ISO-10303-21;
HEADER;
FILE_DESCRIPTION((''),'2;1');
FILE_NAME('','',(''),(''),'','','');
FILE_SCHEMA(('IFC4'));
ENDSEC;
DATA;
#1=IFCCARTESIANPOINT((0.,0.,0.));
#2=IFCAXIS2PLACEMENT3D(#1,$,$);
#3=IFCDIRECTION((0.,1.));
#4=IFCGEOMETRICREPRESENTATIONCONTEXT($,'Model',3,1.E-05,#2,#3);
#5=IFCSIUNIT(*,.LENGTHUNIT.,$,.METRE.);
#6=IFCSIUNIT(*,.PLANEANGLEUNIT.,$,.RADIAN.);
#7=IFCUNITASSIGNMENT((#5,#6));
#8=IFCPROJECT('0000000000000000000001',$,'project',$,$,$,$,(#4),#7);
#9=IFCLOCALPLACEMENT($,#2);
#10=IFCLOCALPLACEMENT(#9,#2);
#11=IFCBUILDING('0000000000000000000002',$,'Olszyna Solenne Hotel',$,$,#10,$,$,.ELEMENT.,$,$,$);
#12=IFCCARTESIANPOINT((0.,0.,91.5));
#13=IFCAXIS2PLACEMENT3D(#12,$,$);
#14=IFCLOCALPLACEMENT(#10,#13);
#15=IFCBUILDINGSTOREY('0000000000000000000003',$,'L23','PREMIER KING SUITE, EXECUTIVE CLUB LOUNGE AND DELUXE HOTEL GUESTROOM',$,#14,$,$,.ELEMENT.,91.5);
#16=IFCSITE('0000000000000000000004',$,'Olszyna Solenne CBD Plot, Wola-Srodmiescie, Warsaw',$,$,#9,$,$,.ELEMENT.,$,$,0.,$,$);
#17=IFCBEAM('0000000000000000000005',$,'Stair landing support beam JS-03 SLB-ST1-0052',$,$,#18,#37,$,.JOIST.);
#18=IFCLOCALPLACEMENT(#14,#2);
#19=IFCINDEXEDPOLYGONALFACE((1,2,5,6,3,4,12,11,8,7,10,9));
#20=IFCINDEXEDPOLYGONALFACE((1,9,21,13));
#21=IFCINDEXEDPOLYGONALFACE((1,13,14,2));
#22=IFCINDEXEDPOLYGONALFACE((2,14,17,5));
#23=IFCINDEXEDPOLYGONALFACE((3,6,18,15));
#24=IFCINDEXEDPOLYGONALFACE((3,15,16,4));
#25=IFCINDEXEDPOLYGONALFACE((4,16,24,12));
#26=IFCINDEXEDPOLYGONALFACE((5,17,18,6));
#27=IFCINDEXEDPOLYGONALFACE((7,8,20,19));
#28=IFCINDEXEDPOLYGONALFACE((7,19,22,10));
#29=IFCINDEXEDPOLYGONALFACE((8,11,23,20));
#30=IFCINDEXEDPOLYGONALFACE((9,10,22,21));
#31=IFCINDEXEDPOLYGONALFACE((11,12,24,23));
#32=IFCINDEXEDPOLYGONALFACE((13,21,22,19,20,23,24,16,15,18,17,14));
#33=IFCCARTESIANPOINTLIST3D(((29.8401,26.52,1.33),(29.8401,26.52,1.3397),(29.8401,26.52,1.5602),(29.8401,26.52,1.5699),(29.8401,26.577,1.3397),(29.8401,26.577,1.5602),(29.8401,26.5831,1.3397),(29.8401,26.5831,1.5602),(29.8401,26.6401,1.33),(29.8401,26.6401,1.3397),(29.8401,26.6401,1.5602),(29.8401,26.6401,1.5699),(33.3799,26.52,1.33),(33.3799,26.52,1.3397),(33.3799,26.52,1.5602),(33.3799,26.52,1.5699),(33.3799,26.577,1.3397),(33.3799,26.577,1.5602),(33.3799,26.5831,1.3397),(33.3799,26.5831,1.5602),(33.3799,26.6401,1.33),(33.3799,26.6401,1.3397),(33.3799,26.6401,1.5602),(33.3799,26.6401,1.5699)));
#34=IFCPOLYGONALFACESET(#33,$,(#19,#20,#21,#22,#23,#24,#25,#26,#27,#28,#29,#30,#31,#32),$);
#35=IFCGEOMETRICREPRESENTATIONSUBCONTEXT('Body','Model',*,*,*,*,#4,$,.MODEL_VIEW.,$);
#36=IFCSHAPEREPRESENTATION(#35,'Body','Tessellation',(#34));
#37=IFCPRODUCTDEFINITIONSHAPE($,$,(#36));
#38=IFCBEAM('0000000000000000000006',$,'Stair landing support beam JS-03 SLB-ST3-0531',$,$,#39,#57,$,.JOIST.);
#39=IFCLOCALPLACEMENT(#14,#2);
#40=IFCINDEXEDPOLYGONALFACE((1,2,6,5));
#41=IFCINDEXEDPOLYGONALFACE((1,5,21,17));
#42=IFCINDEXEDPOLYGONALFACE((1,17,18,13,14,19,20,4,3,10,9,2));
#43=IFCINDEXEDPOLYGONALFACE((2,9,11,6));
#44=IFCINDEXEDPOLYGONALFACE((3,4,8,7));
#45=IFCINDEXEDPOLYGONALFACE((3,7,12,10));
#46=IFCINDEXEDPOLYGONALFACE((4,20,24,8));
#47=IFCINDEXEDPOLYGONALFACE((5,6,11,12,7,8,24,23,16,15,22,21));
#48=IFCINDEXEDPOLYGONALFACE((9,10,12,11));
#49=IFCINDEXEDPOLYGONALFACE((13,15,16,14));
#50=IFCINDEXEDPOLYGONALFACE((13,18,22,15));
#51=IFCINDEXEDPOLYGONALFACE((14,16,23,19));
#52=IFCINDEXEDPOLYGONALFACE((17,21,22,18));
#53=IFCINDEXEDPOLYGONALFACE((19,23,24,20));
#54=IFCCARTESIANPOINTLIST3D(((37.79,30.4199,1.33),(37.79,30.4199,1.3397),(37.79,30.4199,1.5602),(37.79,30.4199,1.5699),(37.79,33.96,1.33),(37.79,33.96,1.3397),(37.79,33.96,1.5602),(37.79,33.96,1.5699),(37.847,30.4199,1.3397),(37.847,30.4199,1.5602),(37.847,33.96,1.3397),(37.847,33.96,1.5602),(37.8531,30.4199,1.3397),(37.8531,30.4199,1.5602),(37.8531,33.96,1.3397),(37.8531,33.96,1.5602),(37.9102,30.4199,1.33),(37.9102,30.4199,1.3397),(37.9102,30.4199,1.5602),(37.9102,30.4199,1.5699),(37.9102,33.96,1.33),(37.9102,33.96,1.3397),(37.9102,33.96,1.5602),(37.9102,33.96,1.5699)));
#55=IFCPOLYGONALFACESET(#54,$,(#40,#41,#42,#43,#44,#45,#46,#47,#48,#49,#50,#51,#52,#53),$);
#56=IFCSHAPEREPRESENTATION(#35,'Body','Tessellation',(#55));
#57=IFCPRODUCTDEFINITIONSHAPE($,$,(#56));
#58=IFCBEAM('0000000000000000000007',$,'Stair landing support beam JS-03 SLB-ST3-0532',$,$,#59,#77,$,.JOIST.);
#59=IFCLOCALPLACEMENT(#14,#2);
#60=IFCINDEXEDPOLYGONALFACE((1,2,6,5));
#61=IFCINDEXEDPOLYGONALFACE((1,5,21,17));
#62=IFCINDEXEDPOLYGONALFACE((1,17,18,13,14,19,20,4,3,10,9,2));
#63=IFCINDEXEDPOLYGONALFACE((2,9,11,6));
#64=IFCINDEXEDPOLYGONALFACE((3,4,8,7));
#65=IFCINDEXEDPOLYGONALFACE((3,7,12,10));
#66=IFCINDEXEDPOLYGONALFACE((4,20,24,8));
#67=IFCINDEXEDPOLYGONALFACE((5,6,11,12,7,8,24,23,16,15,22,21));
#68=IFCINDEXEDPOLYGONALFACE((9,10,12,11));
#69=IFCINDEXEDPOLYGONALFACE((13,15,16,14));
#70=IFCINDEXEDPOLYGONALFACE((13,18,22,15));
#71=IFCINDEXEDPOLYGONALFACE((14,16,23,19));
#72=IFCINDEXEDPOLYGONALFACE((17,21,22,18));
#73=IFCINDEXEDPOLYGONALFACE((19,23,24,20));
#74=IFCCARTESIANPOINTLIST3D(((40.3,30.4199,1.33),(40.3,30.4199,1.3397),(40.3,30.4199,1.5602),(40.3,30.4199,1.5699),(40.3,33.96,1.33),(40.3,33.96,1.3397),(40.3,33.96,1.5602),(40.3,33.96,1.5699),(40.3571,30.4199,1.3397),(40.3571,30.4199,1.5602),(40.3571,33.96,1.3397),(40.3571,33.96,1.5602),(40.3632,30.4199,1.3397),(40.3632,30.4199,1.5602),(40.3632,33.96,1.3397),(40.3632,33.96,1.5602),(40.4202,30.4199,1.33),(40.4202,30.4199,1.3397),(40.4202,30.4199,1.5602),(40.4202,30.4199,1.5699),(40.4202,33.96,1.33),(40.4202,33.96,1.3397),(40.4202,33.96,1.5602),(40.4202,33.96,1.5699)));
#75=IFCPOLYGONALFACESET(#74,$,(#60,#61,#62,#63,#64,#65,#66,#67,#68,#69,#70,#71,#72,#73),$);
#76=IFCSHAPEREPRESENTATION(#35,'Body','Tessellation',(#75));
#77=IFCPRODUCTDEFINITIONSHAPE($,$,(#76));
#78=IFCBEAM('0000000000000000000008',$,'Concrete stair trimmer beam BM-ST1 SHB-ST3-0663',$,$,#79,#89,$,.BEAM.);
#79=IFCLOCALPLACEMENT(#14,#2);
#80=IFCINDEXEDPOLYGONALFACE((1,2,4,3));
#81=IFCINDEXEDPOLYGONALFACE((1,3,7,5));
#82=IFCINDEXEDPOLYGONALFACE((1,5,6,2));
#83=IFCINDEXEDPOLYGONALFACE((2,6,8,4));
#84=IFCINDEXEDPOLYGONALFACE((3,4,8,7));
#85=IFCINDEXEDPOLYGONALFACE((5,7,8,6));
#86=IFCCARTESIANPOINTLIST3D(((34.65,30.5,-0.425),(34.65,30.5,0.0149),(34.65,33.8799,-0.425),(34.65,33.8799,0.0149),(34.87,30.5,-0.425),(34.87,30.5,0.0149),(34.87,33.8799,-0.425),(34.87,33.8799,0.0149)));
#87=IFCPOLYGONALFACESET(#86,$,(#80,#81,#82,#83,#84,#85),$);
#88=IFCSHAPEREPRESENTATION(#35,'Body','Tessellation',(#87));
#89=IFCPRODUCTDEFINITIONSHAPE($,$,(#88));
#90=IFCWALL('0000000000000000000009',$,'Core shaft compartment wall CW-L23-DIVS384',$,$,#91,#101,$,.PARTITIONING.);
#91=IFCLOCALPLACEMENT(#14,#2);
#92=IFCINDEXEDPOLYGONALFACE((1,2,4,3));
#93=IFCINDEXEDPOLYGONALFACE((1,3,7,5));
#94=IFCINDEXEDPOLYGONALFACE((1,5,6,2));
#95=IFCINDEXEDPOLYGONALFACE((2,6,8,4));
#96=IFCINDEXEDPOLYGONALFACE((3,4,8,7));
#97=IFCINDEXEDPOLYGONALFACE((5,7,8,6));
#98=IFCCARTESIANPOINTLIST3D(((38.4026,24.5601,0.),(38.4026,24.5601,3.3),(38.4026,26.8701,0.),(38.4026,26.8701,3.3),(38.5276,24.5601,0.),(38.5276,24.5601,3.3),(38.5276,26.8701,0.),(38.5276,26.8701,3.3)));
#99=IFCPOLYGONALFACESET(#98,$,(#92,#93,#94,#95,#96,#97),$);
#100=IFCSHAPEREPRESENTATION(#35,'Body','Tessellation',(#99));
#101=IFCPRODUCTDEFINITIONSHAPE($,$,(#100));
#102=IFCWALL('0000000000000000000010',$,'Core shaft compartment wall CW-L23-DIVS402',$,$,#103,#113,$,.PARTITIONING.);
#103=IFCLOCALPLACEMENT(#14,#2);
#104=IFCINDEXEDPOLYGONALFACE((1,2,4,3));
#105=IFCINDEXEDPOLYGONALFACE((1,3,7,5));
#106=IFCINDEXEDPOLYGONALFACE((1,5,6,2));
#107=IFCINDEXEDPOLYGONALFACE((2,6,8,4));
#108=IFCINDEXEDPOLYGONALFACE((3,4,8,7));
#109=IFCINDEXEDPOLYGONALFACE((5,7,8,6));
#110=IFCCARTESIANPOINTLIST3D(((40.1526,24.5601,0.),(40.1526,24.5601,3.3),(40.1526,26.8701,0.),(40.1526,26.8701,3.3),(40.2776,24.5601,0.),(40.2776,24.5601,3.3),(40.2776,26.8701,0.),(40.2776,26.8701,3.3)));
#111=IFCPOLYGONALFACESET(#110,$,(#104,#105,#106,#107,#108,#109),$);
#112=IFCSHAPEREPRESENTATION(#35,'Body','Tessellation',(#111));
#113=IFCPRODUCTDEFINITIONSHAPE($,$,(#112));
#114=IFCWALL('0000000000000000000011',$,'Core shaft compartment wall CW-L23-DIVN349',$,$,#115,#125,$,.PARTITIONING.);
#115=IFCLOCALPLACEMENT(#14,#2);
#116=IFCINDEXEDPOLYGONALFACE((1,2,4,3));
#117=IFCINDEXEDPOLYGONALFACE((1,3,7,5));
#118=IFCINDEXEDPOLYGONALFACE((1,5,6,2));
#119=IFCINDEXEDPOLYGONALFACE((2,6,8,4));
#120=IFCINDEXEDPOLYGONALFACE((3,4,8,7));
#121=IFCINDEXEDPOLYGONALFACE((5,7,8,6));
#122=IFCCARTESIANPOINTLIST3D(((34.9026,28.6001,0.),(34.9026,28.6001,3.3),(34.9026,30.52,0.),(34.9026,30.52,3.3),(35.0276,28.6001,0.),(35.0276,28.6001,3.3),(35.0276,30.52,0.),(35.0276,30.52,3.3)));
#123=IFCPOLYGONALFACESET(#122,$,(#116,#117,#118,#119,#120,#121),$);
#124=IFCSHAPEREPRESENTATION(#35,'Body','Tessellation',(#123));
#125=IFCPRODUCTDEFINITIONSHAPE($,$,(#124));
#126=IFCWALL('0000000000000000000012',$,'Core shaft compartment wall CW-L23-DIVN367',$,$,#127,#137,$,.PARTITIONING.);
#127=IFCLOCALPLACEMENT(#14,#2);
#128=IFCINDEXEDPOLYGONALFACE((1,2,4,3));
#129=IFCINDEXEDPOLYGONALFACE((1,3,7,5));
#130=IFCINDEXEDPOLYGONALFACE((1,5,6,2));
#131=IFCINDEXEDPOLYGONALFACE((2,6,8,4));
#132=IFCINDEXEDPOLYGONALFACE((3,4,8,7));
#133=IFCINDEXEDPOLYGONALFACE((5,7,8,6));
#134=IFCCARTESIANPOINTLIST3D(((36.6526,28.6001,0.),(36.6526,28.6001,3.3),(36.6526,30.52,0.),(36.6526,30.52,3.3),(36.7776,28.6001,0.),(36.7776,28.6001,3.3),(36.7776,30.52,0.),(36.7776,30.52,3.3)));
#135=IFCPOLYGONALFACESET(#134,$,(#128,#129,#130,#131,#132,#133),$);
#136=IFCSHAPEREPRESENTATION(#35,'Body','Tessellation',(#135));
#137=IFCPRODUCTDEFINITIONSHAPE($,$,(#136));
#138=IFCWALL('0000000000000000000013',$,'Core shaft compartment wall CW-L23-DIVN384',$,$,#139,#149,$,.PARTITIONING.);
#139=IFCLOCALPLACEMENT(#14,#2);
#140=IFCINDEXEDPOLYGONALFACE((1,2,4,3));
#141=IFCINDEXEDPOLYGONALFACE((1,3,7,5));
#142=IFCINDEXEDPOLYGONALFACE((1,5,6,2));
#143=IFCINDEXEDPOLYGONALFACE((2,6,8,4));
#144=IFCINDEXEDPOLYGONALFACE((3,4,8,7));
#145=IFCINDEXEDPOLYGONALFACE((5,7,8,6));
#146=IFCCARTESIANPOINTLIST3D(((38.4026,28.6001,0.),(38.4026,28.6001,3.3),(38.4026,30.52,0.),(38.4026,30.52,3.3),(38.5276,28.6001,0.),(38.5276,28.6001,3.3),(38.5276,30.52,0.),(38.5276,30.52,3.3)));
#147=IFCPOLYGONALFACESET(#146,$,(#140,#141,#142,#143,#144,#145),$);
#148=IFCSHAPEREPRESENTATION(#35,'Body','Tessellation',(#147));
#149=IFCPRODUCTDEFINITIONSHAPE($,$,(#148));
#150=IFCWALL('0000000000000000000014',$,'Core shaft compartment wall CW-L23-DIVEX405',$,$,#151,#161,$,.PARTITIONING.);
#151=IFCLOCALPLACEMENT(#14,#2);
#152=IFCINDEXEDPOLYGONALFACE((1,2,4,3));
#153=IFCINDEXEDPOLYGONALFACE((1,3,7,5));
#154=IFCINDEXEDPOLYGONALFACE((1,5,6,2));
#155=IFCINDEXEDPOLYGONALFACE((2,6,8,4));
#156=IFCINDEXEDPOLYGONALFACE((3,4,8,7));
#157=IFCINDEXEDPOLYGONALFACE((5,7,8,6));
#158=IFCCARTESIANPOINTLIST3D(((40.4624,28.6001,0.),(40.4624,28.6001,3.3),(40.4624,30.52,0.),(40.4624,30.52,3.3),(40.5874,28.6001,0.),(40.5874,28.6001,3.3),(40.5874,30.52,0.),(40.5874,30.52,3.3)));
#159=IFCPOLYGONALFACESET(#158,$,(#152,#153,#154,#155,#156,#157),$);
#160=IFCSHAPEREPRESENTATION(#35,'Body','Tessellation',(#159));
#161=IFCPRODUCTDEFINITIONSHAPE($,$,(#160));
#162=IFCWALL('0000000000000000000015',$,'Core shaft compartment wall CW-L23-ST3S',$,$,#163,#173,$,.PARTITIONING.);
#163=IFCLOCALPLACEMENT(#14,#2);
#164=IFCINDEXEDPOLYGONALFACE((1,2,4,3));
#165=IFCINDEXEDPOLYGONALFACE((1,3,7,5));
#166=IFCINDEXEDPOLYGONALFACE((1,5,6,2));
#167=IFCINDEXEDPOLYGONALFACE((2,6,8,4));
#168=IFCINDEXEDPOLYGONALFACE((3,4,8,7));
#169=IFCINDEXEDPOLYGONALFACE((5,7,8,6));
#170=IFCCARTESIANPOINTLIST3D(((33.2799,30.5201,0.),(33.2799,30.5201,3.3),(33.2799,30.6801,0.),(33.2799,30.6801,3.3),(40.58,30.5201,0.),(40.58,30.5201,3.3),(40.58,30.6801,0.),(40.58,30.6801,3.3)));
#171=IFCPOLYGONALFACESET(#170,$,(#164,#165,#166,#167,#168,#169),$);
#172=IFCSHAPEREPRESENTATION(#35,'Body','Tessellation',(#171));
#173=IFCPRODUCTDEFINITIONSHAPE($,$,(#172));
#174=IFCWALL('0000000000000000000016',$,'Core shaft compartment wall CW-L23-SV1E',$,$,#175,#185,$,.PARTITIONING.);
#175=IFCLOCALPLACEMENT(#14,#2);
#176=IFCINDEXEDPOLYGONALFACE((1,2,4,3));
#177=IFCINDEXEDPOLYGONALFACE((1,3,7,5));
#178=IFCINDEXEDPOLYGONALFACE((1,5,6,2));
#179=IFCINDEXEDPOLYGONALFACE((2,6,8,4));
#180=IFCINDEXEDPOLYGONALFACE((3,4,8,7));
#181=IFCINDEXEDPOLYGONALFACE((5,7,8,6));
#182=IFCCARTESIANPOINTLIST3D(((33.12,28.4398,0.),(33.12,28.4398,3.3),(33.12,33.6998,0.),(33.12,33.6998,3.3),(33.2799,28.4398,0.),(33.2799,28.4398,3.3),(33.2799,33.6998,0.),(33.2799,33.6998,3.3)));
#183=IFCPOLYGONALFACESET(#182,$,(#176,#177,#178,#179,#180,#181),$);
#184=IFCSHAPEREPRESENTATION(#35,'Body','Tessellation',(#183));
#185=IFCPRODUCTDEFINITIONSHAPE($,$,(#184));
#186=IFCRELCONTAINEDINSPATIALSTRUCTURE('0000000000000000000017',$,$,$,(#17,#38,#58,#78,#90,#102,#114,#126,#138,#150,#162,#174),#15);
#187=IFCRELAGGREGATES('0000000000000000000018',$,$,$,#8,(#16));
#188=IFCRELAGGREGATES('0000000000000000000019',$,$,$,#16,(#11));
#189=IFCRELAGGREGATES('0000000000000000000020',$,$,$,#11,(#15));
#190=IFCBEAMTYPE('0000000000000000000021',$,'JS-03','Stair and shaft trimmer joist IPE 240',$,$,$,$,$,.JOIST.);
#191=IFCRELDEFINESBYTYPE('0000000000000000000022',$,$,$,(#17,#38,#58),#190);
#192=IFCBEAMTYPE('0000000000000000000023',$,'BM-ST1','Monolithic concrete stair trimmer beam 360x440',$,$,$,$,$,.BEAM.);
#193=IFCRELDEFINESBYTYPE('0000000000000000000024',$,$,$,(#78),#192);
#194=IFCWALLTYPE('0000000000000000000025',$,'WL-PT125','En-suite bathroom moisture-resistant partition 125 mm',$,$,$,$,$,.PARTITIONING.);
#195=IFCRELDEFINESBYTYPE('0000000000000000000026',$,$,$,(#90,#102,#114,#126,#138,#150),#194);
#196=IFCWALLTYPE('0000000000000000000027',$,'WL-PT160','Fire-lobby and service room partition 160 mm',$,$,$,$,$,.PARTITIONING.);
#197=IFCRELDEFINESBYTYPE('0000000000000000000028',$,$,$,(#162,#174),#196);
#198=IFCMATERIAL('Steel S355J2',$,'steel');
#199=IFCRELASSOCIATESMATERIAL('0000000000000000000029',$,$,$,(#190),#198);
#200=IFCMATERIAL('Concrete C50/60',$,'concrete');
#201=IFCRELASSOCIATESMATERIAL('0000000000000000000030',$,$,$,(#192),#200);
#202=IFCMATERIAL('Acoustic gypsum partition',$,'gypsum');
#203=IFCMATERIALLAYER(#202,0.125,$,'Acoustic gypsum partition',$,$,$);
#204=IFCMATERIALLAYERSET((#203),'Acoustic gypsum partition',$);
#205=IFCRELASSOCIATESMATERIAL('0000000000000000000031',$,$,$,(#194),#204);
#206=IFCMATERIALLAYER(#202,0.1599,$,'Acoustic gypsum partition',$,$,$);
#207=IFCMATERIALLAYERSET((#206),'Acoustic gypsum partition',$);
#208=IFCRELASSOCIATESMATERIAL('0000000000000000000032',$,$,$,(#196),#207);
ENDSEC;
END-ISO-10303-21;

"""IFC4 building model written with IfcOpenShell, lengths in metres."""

from ifc_helpers import new_model, si_unit, direction, frame, frame_2d, origin, origin_2d, place, context, subcontext, project, spatial, rectangle, i_section, extrude, source, transform, mapped, material, layer, layer_set, material_profile, profile_set, type_object, element, save


model = new_model("IFC4")

# Units and contexts
model_context = context("Model", 3, precision=1e-05, world=origin(), true_north=direction((0.0, 1.0)))
body_context = subcontext(model_context, "Body", "Model", "MODEL_VIEW")
ifc_project = project(units=[si_unit("LENGTHUNIT", "METRE"), si_unit("PLANEANGLEUNIT", "RADIAN")], contexts=[model_context])

# Site, building, storey
site_placement = place(None, origin())
site = spatial("IfcSite", under=ifc_project, at=site_placement, Name="Olszyna Solenne CBD Plot, Wola-Srodmiescie, Warsaw", CompositionType="ELEMENT", RefElevation=0.0)
building_placement = place(site_placement, origin())
building = spatial("IfcBuilding", under=site, at=building_placement, Name="Olszyna Solenne Hotel", CompositionType="ELEMENT")
storey_placement = place(building_placement, frame((0.0, 0.0, 91.5)))
storey = spatial("IfcBuildingStorey", under=building, at=storey_placement, Name="L23", Description="PREMIER KING SUITE, EXECUTIVE CLUB LOUNGE AND DELUXE HOTEL GUESTROOM", CompositionType="ELEMENT", Elevation=91.5)

# Beams
ifc_material_1 = material(Name="Steel S355J2", Category="steel")
ifc_material_profile_1 = material_profile(ifc_material_1, i_section(OverallWidth=0.1201, OverallDepth=0.24, WebThickness=0.0061, FlangeThickness=0.0098, at=origin_2d()), Name="IPE 240", Category="load-bearing")
ifc_profile_set_1 = profile_set([ifc_material_profile_1], Name="Steel S355J2")
beam_type_1 = type_object("IfcBeamType", Name="JS-03", Description="Stair and shaft trimmer joist IPE 240", PredefinedType="JOIST", material=ifc_profile_set_1)
shared_shape_1 = source(origin(), body_context, "Body", "SweptSolid", [
    extrude(i_section(OverallWidth=0.1201, OverallDepth=0.24, WebThickness=0.0061, FlangeThickness=0.0098, at=origin_2d()), origin(), (0.0, 0.0, 1.0), 3.5398),
])
beam_1_placement = place(storey_placement, frame((33.3799, 26.5801, 1.45), z_axis=(-1.0, 0.0, 0.0), x_axis=(0.0, -1.0, 0.0)))
element("IfcBeam", 1, at=beam_1_placement, inside=storey, type_object=beam_type_1, Name="Stair landing support beam JS-03 SLB-ST1-0052", PredefinedType="JOIST", context=body_context, shape_type="MappedRepresentation", body=[
    mapped(shared_shape_1, transform((0.0, 0.0, 0.0), x_axis=(1.0, 0.0, 0.0), y_axis=(0.0, 1.0, 0.0), z_axis=(0.0, 0.0, 1.0), scale=1.0)),
])
shared_shape_2 = source(origin(), body_context, "Body", "SweptSolid", [
    extrude(i_section(OverallWidth=0.1201, OverallDepth=0.24, WebThickness=0.0061, FlangeThickness=0.0098, at=origin_2d()), origin(), (0.0, 0.0, 1.0), 3.54),
])
for number, where, z_axis, x_axis, name in (
    (2, (37.8501, 30.4199, 1.45), (0.0, 1.0, 0.0), (-1.0, 0.0, 0.0), "Stair landing support beam JS-03 SLB-ST3-0531"),
    (3, (40.3601, 30.4199, 1.45), (0.0, 1.0, 0.0), (-1.0, 0.0, 0.0), "Stair landing support beam JS-03 SLB-ST3-0532"),
):
    element("IfcBeam", number, at=place(storey_placement, frame(where, z_axis=z_axis, x_axis=x_axis)), inside=storey, type_object=beam_type_1, Name=name, PredefinedType="JOIST", context=body_context, shape_type="MappedRepresentation", body=[
        mapped(shared_shape_2, transform((0.0, 0.0, 0.0), x_axis=(1.0, 0.0, 0.0), y_axis=(0.0, 1.0, 0.0), z_axis=(0.0, 0.0, 1.0), scale=1.0)),
    ])
ifc_material_2 = material(Name="Concrete C50/60", Category="concrete")
ifc_material_profile_2 = material_profile(ifc_material_2, rectangle(XDim=0.22, YDim=0.4399, at=origin_2d()), Name="RC 220x440", Category="load-bearing")
ifc_profile_set_2 = profile_set([ifc_material_profile_2], Name="Concrete C50/60")
beam_type_2 = type_object("IfcBeamType", Name="BM-ST1", Description="Monolithic concrete stair trimmer beam 360x440", PredefinedType="BEAM", material=ifc_profile_set_2)
shared_shape_3 = source(origin(), body_context, "Body", "SweptSolid", [
    extrude(rectangle(XDim=0.22, YDim=0.4399, at=origin_2d()), origin(), (0.0, 0.0, 1.0), 3.3799),
])
beam_2_placement = place(storey_placement, frame((34.76, 30.5, -0.2051), z_axis=(0.0, 1.0, 0.0), x_axis=(-1.0, 0.0, 0.0)))
element("IfcBeam", 4, at=beam_2_placement, inside=storey, type_object=beam_type_2, Name="Concrete stair trimmer beam BM-ST1 SHB-ST3-0663", PredefinedType="BEAM", context=body_context, shape_type="MappedRepresentation", body=[
    mapped(shared_shape_3, transform((0.0, 0.0, 0.0), x_axis=(1.0, 0.0, 0.0), y_axis=(0.0, 1.0, 0.0), z_axis=(0.0, 0.0, 1.0), scale=1.0)),
])

# Walls
ifc_material_3 = material(Name="Acoustic gypsum partition", Category="gypsum")
ifc_layer_1 = layer(ifc_material_3, 0.125, Name="Acoustic gypsum partition")
ifc_layer_set_1 = layer_set([ifc_layer_1], Name="Acoustic gypsum partition")
wall_type_1 = type_object("IfcWallType", Name="WL-PT125", Description="En-suite bathroom moisture-resistant partition 125 mm", PredefinedType="PARTITIONING", material=ifc_layer_set_1)
for number, where, z_axis, x_axis, name in (
    (5, (38.4651, 24.5601, 0.0), (0.0, 0.0, 1.0), (0.0, 1.0, 0.0), "Core shaft compartment wall CW-L23-DIVS384"),
    (6, (40.2151, 24.5601, 0.0), (0.0, 0.0, 1.0), (0.0, 1.0, 0.0), "Core shaft compartment wall CW-L23-DIVS402"),
):
    element("IfcWall", number, at=place(storey_placement, frame(where, z_axis=z_axis, x_axis=x_axis)), inside=storey, type_object=wall_type_1, Name=name, PredefinedType="PARTITIONING", context=body_context, shape_type="SweptSolid", body=[
        extrude(rectangle(XDim=2.3101, YDim=0.125, at=frame_2d((1.155, 0.0))), origin(), (0.0, 0.0, 1.0), 3.3),
    ])
for number, where, z_axis, x_axis, name in (
    (7, (34.9651, 28.6001, 0.0), (0.0, 0.0, 1.0), (0.0, 1.0, 0.0), "Core shaft compartment wall CW-L23-DIVN349"),
    (8, (36.7151, 28.6001, 0.0), (0.0, 0.0, 1.0), (0.0, 1.0, 0.0), "Core shaft compartment wall CW-L23-DIVN367"),
    (9, (38.4651, 28.6001, 0.0), (0.0, 0.0, 1.0), (0.0, 1.0, 0.0), "Core shaft compartment wall CW-L23-DIVN384"),
    (10, (40.5249, 28.6001, 0.0), (0.0, 0.0, 1.0), (0.0, 1.0, 0.0), "Core shaft compartment wall CW-L23-DIVEX405"),
):
    element("IfcWall", number, at=place(storey_placement, frame(where, z_axis=z_axis, x_axis=x_axis)), inside=storey, type_object=wall_type_1, Name=name, PredefinedType="PARTITIONING", context=body_context, shape_type="SweptSolid", body=[
        extrude(rectangle(XDim=1.9199, YDim=0.125, at=frame_2d((0.96, 0.0))), origin(), (0.0, 0.0, 1.0), 3.3),
    ])
ifc_layer_2 = layer(ifc_material_3, 0.1599, Name="Acoustic gypsum partition")
ifc_layer_set_2 = layer_set([ifc_layer_2], Name="Acoustic gypsum partition")
wall_type_2 = type_object("IfcWallType", Name="WL-PT160", Description="Fire-lobby and service room partition 160 mm", PredefinedType="PARTITIONING", material=ifc_layer_set_2)
wall_1_placement = place(storey_placement, frame((33.28, 30.6001, 0.0), z_axis=(0.0, 0.0, 1.0), x_axis=(1.0, 0.0, 0.0)))
element("IfcWall", 11, at=wall_1_placement, inside=storey, type_object=wall_type_2, Name="Core shaft compartment wall CW-L23-ST3S", PredefinedType="PARTITIONING", context=body_context, shape_type="SweptSolid", body=[
    extrude(rectangle(XDim=7.3, YDim=0.1599, at=frame_2d((3.6499, 0.0))), origin(), (0.0, 0.0, 1.0), 3.3),
])
wall_2_placement = place(storey_placement, frame((33.2, 28.4399, 0.0), z_axis=(0.0, 0.0, 1.0), x_axis=(0.0, 1.0, 0.0)))
element("IfcWall", 12, at=wall_2_placement, inside=storey, type_object=wall_type_2, Name="Core shaft compartment wall CW-L23-SV1E", PredefinedType="PARTITIONING", context=body_context, shape_type="SweptSolid", body=[
    extrude(rectangle(XDim=5.26, YDim=0.1599, at=frame_2d((2.6299, 0.0))), origin(), (0.0, 0.0, 1.0), 3.3),
])

save(model, "model.ifc")
